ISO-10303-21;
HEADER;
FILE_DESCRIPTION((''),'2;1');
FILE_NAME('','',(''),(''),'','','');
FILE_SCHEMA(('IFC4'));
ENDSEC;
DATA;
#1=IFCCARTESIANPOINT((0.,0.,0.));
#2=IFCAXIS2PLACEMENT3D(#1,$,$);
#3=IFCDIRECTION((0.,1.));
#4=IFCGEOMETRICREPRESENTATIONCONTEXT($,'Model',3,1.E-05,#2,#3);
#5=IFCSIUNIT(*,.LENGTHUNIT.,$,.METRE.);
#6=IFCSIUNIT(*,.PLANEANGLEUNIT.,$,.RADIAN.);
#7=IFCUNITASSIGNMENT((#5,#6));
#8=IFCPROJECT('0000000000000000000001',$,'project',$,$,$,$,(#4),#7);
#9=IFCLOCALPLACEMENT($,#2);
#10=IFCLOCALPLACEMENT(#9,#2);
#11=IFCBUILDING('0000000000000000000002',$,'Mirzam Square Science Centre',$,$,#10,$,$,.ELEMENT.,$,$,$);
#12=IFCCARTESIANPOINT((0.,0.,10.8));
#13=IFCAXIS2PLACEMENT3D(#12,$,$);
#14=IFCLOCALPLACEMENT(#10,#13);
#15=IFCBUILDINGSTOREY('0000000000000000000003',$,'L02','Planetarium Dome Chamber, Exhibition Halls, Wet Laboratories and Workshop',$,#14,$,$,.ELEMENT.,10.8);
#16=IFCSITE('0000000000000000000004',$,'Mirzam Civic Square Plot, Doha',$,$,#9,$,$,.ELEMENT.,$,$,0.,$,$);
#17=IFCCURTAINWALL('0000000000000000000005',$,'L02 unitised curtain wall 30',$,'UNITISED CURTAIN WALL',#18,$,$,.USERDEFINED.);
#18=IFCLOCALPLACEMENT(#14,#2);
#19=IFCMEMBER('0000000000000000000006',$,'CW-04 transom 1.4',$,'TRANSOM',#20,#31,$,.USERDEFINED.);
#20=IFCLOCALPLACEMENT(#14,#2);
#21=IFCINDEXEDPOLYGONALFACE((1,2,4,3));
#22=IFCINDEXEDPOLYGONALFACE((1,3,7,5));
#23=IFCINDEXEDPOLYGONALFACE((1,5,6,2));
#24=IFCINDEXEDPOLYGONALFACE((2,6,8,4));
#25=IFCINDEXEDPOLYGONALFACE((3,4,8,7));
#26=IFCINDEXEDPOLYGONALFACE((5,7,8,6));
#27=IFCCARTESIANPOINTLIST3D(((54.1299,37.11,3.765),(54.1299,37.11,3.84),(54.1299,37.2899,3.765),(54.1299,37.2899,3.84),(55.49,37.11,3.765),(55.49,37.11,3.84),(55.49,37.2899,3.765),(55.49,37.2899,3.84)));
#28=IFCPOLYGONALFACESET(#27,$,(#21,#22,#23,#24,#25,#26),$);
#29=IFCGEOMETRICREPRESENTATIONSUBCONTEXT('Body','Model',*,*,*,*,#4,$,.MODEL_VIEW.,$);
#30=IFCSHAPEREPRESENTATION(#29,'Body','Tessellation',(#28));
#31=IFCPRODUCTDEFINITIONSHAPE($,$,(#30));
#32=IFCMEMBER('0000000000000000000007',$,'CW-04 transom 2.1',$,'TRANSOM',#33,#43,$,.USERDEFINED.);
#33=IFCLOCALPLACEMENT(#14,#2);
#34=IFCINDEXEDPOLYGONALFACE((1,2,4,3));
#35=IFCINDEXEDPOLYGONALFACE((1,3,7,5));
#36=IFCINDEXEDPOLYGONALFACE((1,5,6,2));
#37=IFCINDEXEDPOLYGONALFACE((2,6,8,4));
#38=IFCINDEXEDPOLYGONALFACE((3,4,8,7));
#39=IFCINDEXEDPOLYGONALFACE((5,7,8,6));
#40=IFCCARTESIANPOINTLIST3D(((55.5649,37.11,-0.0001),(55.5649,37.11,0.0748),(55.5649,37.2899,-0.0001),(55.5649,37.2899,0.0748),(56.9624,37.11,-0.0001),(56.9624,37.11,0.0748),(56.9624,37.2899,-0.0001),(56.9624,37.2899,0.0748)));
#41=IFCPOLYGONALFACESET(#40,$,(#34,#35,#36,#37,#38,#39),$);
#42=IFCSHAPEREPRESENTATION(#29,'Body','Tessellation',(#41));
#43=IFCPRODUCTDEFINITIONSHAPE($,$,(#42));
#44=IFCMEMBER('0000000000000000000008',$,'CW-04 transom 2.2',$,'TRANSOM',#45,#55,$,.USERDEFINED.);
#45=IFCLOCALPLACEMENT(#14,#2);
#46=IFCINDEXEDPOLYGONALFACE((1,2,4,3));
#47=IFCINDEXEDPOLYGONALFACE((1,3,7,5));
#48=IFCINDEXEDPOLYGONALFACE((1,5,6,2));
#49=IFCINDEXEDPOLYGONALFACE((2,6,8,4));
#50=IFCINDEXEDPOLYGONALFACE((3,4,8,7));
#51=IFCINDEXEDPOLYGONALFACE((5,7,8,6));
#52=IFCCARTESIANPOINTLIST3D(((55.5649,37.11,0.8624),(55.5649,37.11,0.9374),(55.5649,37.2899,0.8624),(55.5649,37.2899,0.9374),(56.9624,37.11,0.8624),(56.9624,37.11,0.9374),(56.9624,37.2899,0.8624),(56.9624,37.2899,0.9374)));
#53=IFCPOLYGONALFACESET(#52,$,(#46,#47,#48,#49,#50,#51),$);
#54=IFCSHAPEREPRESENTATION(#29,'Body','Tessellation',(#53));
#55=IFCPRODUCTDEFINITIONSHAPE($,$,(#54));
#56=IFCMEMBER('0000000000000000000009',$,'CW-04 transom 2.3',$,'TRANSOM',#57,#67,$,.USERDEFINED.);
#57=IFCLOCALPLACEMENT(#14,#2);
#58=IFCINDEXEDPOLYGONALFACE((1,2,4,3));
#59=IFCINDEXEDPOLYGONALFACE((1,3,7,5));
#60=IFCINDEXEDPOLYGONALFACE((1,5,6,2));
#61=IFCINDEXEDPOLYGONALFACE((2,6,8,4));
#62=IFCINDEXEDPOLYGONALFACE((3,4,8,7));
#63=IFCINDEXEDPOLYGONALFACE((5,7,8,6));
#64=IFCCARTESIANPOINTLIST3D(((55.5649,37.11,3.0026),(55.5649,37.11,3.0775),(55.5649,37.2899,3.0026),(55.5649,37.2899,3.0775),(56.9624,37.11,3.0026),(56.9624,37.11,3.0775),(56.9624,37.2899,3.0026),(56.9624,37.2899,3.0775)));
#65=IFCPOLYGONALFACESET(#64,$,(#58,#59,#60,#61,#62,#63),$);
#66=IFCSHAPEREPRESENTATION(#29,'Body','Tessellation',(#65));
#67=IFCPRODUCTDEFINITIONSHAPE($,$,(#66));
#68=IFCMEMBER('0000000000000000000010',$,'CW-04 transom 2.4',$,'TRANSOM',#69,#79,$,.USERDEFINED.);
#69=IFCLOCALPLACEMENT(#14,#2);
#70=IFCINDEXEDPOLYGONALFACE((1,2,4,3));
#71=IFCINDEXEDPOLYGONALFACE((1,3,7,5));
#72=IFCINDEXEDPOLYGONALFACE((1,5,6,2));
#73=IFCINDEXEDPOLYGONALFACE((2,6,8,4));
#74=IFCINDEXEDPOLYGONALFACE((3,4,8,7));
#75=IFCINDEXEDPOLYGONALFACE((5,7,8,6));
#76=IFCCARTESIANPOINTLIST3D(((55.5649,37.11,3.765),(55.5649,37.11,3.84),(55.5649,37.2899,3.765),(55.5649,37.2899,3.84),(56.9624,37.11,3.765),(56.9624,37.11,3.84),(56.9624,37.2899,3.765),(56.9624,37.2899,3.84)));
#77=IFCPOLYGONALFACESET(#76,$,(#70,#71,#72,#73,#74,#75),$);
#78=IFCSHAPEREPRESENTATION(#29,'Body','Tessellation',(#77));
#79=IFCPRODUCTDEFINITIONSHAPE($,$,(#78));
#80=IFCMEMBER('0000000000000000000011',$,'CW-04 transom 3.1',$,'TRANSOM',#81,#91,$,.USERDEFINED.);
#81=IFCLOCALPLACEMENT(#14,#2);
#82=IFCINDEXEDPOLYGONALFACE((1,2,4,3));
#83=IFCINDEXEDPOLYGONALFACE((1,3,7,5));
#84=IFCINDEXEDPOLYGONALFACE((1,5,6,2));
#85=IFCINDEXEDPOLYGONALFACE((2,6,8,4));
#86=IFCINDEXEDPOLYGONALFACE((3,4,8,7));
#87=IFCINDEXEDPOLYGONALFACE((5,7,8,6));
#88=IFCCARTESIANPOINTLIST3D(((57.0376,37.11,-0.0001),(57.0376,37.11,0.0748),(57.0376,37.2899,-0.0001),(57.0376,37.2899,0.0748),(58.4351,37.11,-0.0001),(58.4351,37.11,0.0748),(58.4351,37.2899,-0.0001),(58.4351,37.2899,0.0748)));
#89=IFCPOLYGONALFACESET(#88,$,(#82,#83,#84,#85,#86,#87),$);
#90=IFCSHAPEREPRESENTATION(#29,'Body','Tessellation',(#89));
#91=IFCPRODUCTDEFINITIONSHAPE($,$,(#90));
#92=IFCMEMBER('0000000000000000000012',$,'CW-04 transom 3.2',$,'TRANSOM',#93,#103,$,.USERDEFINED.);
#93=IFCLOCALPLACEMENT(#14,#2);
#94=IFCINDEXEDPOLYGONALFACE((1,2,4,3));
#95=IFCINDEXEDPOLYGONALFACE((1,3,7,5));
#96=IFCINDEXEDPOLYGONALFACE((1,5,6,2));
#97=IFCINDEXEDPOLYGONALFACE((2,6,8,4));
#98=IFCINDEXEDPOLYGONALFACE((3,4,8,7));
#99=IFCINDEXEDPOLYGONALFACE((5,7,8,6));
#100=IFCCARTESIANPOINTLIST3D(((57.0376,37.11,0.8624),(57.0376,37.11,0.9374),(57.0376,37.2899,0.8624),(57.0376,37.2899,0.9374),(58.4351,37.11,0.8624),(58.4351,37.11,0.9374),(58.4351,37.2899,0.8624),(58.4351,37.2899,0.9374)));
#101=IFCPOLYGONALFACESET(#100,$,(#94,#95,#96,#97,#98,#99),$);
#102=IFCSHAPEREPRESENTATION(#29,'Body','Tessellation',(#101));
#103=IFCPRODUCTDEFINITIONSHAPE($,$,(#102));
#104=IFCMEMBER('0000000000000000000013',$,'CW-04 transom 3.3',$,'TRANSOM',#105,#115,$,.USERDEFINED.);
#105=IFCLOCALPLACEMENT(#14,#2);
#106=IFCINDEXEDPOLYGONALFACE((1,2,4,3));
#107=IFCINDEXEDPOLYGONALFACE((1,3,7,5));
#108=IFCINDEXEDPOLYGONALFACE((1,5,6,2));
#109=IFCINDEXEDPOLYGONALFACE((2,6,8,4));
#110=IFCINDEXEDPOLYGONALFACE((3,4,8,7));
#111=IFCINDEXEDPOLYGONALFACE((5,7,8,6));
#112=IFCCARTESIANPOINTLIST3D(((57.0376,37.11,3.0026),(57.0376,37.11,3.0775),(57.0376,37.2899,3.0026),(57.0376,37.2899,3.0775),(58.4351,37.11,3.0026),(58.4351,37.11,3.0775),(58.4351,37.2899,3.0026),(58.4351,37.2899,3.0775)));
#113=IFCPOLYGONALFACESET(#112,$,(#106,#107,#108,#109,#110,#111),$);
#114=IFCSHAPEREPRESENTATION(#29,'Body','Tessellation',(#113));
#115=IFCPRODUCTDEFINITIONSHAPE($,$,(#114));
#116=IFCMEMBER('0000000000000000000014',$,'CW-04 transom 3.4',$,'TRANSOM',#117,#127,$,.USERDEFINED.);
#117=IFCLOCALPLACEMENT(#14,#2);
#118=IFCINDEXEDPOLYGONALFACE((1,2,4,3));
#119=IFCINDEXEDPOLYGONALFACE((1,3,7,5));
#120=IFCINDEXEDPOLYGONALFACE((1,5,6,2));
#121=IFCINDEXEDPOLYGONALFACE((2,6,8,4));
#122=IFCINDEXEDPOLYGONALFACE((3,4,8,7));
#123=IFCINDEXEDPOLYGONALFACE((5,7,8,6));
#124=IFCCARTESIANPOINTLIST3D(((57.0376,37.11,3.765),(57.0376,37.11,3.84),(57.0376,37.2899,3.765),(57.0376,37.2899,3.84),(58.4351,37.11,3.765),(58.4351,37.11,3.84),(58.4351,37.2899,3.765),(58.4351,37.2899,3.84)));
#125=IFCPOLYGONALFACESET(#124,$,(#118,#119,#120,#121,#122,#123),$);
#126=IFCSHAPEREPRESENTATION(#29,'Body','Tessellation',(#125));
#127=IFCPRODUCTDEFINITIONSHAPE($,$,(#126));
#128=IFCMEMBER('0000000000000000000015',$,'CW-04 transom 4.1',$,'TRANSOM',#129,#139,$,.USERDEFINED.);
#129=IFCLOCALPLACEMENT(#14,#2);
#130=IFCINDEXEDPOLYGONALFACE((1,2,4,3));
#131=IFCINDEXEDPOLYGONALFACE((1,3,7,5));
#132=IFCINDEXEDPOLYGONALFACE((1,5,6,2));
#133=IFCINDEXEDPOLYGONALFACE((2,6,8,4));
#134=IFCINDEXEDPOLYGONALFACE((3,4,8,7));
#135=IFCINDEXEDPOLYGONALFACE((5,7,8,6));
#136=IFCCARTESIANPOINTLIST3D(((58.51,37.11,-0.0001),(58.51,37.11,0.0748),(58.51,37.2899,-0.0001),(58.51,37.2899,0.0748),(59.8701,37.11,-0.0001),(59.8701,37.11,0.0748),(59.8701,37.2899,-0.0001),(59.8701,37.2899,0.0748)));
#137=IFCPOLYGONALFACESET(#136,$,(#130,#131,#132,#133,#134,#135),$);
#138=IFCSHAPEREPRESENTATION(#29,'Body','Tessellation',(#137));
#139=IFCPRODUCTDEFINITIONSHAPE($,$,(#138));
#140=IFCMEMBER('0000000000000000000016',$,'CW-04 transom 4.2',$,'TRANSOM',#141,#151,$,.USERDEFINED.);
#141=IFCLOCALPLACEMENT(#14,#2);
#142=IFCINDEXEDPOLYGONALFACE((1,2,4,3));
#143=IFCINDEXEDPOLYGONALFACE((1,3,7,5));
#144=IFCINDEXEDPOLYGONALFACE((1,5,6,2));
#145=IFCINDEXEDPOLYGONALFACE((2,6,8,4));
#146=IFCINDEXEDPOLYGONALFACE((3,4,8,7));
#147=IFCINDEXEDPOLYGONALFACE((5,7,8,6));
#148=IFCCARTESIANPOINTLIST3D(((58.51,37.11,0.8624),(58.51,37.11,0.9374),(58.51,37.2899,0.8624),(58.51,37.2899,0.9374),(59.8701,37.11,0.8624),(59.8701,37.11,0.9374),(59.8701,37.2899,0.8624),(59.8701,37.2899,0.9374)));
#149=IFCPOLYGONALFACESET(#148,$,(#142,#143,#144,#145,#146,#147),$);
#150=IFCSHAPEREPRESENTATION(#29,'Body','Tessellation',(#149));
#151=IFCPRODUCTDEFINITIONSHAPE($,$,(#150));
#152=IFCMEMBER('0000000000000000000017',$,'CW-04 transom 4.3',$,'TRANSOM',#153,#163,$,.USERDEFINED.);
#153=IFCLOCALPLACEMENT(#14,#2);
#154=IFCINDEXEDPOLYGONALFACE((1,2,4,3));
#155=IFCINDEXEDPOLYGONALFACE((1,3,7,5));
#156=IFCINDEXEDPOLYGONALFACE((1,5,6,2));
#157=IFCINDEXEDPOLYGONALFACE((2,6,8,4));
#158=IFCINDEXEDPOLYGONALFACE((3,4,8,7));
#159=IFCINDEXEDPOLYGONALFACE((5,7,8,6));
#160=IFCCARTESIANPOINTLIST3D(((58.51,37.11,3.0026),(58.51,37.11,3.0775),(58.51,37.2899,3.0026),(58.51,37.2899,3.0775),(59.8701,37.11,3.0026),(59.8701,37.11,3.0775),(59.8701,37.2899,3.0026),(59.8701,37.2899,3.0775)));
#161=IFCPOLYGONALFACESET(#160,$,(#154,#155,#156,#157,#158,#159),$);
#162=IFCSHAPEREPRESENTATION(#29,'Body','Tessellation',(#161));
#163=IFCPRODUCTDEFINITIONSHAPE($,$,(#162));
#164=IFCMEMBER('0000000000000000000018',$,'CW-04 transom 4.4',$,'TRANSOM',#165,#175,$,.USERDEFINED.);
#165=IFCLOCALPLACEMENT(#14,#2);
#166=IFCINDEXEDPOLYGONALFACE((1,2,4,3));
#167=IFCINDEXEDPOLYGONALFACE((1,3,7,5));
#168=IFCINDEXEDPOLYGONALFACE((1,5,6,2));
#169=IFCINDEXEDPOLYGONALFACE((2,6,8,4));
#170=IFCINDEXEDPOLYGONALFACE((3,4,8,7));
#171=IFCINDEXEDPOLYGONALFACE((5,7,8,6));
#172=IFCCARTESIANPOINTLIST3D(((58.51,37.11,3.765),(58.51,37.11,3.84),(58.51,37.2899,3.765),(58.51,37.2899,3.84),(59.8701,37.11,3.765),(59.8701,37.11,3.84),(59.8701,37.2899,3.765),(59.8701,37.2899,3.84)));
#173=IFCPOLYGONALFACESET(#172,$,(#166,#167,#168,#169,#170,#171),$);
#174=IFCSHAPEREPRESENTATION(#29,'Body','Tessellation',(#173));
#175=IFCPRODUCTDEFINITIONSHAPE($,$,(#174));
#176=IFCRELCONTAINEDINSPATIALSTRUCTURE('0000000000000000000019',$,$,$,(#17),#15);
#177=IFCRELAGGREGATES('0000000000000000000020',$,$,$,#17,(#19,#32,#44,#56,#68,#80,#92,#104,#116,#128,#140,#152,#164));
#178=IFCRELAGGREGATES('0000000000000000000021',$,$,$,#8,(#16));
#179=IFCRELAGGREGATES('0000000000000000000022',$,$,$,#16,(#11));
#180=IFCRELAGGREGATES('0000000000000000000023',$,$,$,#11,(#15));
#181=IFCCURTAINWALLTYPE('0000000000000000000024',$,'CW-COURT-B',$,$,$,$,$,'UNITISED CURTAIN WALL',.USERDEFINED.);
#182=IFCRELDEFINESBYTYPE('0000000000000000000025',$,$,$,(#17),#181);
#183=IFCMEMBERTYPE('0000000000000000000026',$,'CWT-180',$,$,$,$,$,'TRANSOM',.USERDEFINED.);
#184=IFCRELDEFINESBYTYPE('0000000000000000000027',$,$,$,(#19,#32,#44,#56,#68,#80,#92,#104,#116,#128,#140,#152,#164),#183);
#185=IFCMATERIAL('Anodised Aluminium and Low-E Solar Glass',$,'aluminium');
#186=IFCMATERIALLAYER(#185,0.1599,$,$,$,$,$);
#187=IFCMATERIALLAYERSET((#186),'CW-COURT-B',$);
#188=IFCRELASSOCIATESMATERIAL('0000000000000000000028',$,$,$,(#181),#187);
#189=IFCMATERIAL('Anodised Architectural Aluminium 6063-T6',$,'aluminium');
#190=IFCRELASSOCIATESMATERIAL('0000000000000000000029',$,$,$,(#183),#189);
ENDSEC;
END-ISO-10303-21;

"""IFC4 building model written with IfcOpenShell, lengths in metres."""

from ifc_helpers import new_model, si_unit, direction, frame, origin, origin_2d, place, context, subcontext, project, spatial, rectangle, extrude, material, layer, layer_set, material_profile, profile_set, type_object, element, aggregate, save


model = new_model("IFC4")

# Units and contexts
model_context = context("Model", 3, precision=1e-05, world=origin(), true_north=direction((0.0, 1.0)))
body_context = subcontext(model_context, "Body", "Model", "MODEL_VIEW")
ifc_project = project(units=[si_unit("LENGTHUNIT", "METRE"), si_unit("PLANEANGLEUNIT", "RADIAN")], contexts=[model_context])

# Site, building, storey
site_placement = place(None, origin())
site = spatial("IfcSite", under=ifc_project, at=site_placement, Name="Mirzam Civic Square Plot, Doha", CompositionType="ELEMENT", RefElevation=0.0)
building_placement = place(site_placement, origin())
building = spatial("IfcBuilding", under=site, at=building_placement, Name="Mirzam Square Science Centre", CompositionType="ELEMENT")
storey_placement = place(building_placement, frame((0.0, 0.0, 10.8)))
storey = spatial("IfcBuildingStorey", under=building, at=storey_placement, Name="L02", Description="Planetarium Dome Chamber, Exhibition Halls, Wet Laboratories and Workshop", CompositionType="ELEMENT", Elevation=10.8)

# Curtain wall, members
ifc_material_1 = material(Name="Anodised Aluminium and Low-E Solar Glass", Category="aluminium")
ifc_layer_1 = layer(ifc_material_1, 0.1599)
ifc_layer_set_1 = layer_set([ifc_layer_1], Name="CW-COURT-B")
curtain_wall_type = type_object("IfcCurtainWallType", Name="CW-COURT-B", ElementType="UNITISED CURTAIN WALL", PredefinedType="USERDEFINED", material=ifc_layer_set_1)
curtain_wall_placement = place(storey_placement, origin())
curtain_wall = element("IfcCurtainWall", 1, at=curtain_wall_placement, inside=storey, type_object=curtain_wall_type, Name="L02 unitised curtain wall 30", ObjectType="UNITISED CURTAIN WALL", PredefinedType="USERDEFINED")
ifc_material_2 = material(Name="Anodised Architectural Aluminium 6063-T6", Category="aluminium")
ifc_material_profile_1 = material_profile(ifc_material_2, rectangle(XDim=0.1799, YDim=0.075, at=origin_2d()), Name="ALU-TRAN-180x75x5")
ifc_profile_set_1 = profile_set([ifc_material_profile_1], Name="Anodised Architectural Aluminium 6063-T6")
member_type_1 = type_object("IfcMemberType", Name="CWT-180", ElementType="TRANSOM", PredefinedType="USERDEFINED", material=ifc_profile_set_1)
member_1_placement = place(storey_placement, frame((54.1299, 37.2, 3.8025), z_axis=(1.0, 0.0, 0.0), x_axis=(0.0, 1.0, 0.0)))
member_1 = element("IfcMember", 2, at=member_1_placement, type_object=member_type_1, Name="CW-04 transom 1.4", ObjectType="TRANSOM", PredefinedType="USERDEFINED", context=body_context, shape_type="SweptSolid", body=[
    extrude(rectangle(XDim=0.1799, YDim=0.075, at=origin_2d()), origin(), (0.0, 0.0, 1.0), 1.3601),
])
member_2_placement = place(storey_placement, frame((55.5649, 37.2, 0.0374), z_axis=(1.0, 0.0, 0.0), x_axis=(0.0, 1.0, 0.0)))
member_2 = element("IfcMember", 3, at=member_2_placement, type_object=member_type_1, Name="CW-04 transom 2.1", ObjectType="TRANSOM", PredefinedType="USERDEFINED", context=body_context, shape_type="SweptSolid", body=[
    extrude(rectangle(XDim=0.1799, YDim=0.075, at=origin_2d()), origin(), (0.0, 0.0, 1.0), 1.3975),
])
member_3_placement = place(storey_placement, frame((55.5649, 37.2, 0.8999), z_axis=(1.0, 0.0, 0.0), x_axis=(0.0, 1.0, 0.0)))
member_3 = element("IfcMember", 4, at=member_3_placement, type_object=member_type_1, Name="CW-04 transom 2.2", ObjectType="TRANSOM", PredefinedType="USERDEFINED", context=body_context, shape_type="SweptSolid", body=[
    extrude(rectangle(XDim=0.1799, YDim=0.075, at=origin_2d()), origin(), (0.0, 0.0, 1.0), 1.3975),
])
member_4_placement = place(storey_placement, frame((55.5649, 37.2, 3.04), z_axis=(1.0, 0.0, 0.0), x_axis=(0.0, 1.0, 0.0)))
member_4 = element("IfcMember", 5, at=member_4_placement, type_object=member_type_1, Name="CW-04 transom 2.3", ObjectType="TRANSOM", PredefinedType="USERDEFINED", context=body_context, shape_type="SweptSolid", body=[
    extrude(rectangle(XDim=0.1799, YDim=0.075, at=origin_2d()), origin(), (0.0, 0.0, 1.0), 1.3975),
])
member_5_placement = place(storey_placement, frame((55.5649, 37.2, 3.8025), z_axis=(1.0, 0.0, 0.0), x_axis=(0.0, 1.0, 0.0)))
member_5 = element("IfcMember", 6, at=member_5_placement, type_object=member_type_1, Name="CW-04 transom 2.4", ObjectType="TRANSOM", PredefinedType="USERDEFINED", context=body_context, shape_type="SweptSolid", body=[
    extrude(rectangle(XDim=0.1799, YDim=0.075, at=origin_2d()), origin(), (0.0, 0.0, 1.0), 1.3975),
])
member_6_placement = place(storey_placement, frame((57.0376, 37.2, 0.0374), z_axis=(1.0, 0.0, 0.0), x_axis=(0.0, 1.0, 0.0)))
member_6 = element("IfcMember", 7, at=member_6_placement, type_object=member_type_1, Name="CW-04 transom 3.1", ObjectType="TRANSOM", PredefinedType="USERDEFINED", context=body_context, shape_type="SweptSolid", body=[
    extrude(rectangle(XDim=0.1799, YDim=0.075, at=origin_2d()), origin(), (0.0, 0.0, 1.0), 1.3975),
])
member_7_placement = place(storey_placement, frame((57.0376, 37.2, 0.8999), z_axis=(1.0, 0.0, 0.0), x_axis=(0.0, 1.0, 0.0)))
member_7 = element("IfcMember", 8, at=member_7_placement, type_object=member_type_1, Name="CW-04 transom 3.2", ObjectType="TRANSOM", PredefinedType="USERDEFINED", context=body_context, shape_type="SweptSolid", body=[
    extrude(rectangle(XDim=0.1799, YDim=0.075, at=origin_2d()), origin(), (0.0, 0.0, 1.0), 1.3975),
])
member_8_placement = place(storey_placement, frame((57.0376, 37.2, 3.04), z_axis=(1.0, 0.0, 0.0), x_axis=(0.0, 1.0, 0.0)))
member_8 = element("IfcMember", 9, at=member_8_placement, type_object=member_type_1, Name="CW-04 transom 3.3", ObjectType="TRANSOM", PredefinedType="USERDEFINED", context=body_context, shape_type="SweptSolid", body=[
    extrude(rectangle(XDim=0.1799, YDim=0.075, at=origin_2d()), origin(), (0.0, 0.0, 1.0), 1.3975),
])
member_9_placement = place(storey_placement, frame((57.0376, 37.2, 3.8025), z_axis=(1.0, 0.0, 0.0), x_axis=(0.0, 1.0, 0.0)))
member_9 = element("IfcMember", 10, at=member_9_placement, type_object=member_type_1, Name="CW-04 transom 3.4", ObjectType="TRANSOM", PredefinedType="USERDEFINED", context=body_context, shape_type="SweptSolid", body=[
    extrude(rectangle(XDim=0.1799, YDim=0.075, at=origin_2d()), origin(), (0.0, 0.0, 1.0), 1.3975),
])
member_10_placement = place(storey_placement, frame((58.51, 37.2, 0.0374), z_axis=(1.0, 0.0, 0.0), x_axis=(0.0, 1.0, 0.0)))
member_10 = element("IfcMember", 11, at=member_10_placement, type_object=member_type_1, Name="CW-04 transom 4.1", ObjectType="TRANSOM", PredefinedType="USERDEFINED", context=body_context, shape_type="SweptSolid", body=[
    extrude(rectangle(XDim=0.1799, YDim=0.075, at=origin_2d()), origin(), (0.0, 0.0, 1.0), 1.3601),
])
member_11_placement = place(storey_placement, frame((58.51, 37.2, 0.8999), z_axis=(1.0, 0.0, 0.0), x_axis=(0.0, 1.0, 0.0)))
member_11 = element("IfcMember", 12, at=member_11_placement, type_object=member_type_1, Name="CW-04 transom 4.2", ObjectType="TRANSOM", PredefinedType="USERDEFINED", context=body_context, shape_type="SweptSolid", body=[
    extrude(rectangle(XDim=0.1799, YDim=0.075, at=origin_2d()), origin(), (0.0, 0.0, 1.0), 1.3601),
])
member_12_placement = place(storey_placement, frame((58.51, 37.2, 3.04), z_axis=(1.0, 0.0, 0.0), x_axis=(0.0, 1.0, 0.0)))
member_12 = element("IfcMember", 13, at=member_12_placement, type_object=member_type_1, Name="CW-04 transom 4.3", ObjectType="TRANSOM", PredefinedType="USERDEFINED", context=body_context, shape_type="SweptSolid", body=[
    extrude(rectangle(XDim=0.1799, YDim=0.075, at=origin_2d()), origin(), (0.0, 0.0, 1.0), 1.3601),
])
member_13_placement = place(storey_placement, frame((58.51, 37.2, 3.8025), z_axis=(1.0, 0.0, 0.0), x_axis=(0.0, 1.0, 0.0)))
member_13 = element("IfcMember", 14, at=member_13_placement, type_object=member_type_1, Name="CW-04 transom 4.4", ObjectType="TRANSOM", PredefinedType="USERDEFINED", context=body_context, shape_type="SweptSolid", body=[
    extrude(rectangle(XDim=0.1799, YDim=0.075, at=origin_2d()), origin(), (0.0, 0.0, 1.0), 1.3601),
])

aggregate(curtain_wall, [member_1, member_2, member_3, member_4, member_5, member_6, member_7, member_8, member_9, member_10, member_11, member_12, member_13])

save(model, "model.ifc")
